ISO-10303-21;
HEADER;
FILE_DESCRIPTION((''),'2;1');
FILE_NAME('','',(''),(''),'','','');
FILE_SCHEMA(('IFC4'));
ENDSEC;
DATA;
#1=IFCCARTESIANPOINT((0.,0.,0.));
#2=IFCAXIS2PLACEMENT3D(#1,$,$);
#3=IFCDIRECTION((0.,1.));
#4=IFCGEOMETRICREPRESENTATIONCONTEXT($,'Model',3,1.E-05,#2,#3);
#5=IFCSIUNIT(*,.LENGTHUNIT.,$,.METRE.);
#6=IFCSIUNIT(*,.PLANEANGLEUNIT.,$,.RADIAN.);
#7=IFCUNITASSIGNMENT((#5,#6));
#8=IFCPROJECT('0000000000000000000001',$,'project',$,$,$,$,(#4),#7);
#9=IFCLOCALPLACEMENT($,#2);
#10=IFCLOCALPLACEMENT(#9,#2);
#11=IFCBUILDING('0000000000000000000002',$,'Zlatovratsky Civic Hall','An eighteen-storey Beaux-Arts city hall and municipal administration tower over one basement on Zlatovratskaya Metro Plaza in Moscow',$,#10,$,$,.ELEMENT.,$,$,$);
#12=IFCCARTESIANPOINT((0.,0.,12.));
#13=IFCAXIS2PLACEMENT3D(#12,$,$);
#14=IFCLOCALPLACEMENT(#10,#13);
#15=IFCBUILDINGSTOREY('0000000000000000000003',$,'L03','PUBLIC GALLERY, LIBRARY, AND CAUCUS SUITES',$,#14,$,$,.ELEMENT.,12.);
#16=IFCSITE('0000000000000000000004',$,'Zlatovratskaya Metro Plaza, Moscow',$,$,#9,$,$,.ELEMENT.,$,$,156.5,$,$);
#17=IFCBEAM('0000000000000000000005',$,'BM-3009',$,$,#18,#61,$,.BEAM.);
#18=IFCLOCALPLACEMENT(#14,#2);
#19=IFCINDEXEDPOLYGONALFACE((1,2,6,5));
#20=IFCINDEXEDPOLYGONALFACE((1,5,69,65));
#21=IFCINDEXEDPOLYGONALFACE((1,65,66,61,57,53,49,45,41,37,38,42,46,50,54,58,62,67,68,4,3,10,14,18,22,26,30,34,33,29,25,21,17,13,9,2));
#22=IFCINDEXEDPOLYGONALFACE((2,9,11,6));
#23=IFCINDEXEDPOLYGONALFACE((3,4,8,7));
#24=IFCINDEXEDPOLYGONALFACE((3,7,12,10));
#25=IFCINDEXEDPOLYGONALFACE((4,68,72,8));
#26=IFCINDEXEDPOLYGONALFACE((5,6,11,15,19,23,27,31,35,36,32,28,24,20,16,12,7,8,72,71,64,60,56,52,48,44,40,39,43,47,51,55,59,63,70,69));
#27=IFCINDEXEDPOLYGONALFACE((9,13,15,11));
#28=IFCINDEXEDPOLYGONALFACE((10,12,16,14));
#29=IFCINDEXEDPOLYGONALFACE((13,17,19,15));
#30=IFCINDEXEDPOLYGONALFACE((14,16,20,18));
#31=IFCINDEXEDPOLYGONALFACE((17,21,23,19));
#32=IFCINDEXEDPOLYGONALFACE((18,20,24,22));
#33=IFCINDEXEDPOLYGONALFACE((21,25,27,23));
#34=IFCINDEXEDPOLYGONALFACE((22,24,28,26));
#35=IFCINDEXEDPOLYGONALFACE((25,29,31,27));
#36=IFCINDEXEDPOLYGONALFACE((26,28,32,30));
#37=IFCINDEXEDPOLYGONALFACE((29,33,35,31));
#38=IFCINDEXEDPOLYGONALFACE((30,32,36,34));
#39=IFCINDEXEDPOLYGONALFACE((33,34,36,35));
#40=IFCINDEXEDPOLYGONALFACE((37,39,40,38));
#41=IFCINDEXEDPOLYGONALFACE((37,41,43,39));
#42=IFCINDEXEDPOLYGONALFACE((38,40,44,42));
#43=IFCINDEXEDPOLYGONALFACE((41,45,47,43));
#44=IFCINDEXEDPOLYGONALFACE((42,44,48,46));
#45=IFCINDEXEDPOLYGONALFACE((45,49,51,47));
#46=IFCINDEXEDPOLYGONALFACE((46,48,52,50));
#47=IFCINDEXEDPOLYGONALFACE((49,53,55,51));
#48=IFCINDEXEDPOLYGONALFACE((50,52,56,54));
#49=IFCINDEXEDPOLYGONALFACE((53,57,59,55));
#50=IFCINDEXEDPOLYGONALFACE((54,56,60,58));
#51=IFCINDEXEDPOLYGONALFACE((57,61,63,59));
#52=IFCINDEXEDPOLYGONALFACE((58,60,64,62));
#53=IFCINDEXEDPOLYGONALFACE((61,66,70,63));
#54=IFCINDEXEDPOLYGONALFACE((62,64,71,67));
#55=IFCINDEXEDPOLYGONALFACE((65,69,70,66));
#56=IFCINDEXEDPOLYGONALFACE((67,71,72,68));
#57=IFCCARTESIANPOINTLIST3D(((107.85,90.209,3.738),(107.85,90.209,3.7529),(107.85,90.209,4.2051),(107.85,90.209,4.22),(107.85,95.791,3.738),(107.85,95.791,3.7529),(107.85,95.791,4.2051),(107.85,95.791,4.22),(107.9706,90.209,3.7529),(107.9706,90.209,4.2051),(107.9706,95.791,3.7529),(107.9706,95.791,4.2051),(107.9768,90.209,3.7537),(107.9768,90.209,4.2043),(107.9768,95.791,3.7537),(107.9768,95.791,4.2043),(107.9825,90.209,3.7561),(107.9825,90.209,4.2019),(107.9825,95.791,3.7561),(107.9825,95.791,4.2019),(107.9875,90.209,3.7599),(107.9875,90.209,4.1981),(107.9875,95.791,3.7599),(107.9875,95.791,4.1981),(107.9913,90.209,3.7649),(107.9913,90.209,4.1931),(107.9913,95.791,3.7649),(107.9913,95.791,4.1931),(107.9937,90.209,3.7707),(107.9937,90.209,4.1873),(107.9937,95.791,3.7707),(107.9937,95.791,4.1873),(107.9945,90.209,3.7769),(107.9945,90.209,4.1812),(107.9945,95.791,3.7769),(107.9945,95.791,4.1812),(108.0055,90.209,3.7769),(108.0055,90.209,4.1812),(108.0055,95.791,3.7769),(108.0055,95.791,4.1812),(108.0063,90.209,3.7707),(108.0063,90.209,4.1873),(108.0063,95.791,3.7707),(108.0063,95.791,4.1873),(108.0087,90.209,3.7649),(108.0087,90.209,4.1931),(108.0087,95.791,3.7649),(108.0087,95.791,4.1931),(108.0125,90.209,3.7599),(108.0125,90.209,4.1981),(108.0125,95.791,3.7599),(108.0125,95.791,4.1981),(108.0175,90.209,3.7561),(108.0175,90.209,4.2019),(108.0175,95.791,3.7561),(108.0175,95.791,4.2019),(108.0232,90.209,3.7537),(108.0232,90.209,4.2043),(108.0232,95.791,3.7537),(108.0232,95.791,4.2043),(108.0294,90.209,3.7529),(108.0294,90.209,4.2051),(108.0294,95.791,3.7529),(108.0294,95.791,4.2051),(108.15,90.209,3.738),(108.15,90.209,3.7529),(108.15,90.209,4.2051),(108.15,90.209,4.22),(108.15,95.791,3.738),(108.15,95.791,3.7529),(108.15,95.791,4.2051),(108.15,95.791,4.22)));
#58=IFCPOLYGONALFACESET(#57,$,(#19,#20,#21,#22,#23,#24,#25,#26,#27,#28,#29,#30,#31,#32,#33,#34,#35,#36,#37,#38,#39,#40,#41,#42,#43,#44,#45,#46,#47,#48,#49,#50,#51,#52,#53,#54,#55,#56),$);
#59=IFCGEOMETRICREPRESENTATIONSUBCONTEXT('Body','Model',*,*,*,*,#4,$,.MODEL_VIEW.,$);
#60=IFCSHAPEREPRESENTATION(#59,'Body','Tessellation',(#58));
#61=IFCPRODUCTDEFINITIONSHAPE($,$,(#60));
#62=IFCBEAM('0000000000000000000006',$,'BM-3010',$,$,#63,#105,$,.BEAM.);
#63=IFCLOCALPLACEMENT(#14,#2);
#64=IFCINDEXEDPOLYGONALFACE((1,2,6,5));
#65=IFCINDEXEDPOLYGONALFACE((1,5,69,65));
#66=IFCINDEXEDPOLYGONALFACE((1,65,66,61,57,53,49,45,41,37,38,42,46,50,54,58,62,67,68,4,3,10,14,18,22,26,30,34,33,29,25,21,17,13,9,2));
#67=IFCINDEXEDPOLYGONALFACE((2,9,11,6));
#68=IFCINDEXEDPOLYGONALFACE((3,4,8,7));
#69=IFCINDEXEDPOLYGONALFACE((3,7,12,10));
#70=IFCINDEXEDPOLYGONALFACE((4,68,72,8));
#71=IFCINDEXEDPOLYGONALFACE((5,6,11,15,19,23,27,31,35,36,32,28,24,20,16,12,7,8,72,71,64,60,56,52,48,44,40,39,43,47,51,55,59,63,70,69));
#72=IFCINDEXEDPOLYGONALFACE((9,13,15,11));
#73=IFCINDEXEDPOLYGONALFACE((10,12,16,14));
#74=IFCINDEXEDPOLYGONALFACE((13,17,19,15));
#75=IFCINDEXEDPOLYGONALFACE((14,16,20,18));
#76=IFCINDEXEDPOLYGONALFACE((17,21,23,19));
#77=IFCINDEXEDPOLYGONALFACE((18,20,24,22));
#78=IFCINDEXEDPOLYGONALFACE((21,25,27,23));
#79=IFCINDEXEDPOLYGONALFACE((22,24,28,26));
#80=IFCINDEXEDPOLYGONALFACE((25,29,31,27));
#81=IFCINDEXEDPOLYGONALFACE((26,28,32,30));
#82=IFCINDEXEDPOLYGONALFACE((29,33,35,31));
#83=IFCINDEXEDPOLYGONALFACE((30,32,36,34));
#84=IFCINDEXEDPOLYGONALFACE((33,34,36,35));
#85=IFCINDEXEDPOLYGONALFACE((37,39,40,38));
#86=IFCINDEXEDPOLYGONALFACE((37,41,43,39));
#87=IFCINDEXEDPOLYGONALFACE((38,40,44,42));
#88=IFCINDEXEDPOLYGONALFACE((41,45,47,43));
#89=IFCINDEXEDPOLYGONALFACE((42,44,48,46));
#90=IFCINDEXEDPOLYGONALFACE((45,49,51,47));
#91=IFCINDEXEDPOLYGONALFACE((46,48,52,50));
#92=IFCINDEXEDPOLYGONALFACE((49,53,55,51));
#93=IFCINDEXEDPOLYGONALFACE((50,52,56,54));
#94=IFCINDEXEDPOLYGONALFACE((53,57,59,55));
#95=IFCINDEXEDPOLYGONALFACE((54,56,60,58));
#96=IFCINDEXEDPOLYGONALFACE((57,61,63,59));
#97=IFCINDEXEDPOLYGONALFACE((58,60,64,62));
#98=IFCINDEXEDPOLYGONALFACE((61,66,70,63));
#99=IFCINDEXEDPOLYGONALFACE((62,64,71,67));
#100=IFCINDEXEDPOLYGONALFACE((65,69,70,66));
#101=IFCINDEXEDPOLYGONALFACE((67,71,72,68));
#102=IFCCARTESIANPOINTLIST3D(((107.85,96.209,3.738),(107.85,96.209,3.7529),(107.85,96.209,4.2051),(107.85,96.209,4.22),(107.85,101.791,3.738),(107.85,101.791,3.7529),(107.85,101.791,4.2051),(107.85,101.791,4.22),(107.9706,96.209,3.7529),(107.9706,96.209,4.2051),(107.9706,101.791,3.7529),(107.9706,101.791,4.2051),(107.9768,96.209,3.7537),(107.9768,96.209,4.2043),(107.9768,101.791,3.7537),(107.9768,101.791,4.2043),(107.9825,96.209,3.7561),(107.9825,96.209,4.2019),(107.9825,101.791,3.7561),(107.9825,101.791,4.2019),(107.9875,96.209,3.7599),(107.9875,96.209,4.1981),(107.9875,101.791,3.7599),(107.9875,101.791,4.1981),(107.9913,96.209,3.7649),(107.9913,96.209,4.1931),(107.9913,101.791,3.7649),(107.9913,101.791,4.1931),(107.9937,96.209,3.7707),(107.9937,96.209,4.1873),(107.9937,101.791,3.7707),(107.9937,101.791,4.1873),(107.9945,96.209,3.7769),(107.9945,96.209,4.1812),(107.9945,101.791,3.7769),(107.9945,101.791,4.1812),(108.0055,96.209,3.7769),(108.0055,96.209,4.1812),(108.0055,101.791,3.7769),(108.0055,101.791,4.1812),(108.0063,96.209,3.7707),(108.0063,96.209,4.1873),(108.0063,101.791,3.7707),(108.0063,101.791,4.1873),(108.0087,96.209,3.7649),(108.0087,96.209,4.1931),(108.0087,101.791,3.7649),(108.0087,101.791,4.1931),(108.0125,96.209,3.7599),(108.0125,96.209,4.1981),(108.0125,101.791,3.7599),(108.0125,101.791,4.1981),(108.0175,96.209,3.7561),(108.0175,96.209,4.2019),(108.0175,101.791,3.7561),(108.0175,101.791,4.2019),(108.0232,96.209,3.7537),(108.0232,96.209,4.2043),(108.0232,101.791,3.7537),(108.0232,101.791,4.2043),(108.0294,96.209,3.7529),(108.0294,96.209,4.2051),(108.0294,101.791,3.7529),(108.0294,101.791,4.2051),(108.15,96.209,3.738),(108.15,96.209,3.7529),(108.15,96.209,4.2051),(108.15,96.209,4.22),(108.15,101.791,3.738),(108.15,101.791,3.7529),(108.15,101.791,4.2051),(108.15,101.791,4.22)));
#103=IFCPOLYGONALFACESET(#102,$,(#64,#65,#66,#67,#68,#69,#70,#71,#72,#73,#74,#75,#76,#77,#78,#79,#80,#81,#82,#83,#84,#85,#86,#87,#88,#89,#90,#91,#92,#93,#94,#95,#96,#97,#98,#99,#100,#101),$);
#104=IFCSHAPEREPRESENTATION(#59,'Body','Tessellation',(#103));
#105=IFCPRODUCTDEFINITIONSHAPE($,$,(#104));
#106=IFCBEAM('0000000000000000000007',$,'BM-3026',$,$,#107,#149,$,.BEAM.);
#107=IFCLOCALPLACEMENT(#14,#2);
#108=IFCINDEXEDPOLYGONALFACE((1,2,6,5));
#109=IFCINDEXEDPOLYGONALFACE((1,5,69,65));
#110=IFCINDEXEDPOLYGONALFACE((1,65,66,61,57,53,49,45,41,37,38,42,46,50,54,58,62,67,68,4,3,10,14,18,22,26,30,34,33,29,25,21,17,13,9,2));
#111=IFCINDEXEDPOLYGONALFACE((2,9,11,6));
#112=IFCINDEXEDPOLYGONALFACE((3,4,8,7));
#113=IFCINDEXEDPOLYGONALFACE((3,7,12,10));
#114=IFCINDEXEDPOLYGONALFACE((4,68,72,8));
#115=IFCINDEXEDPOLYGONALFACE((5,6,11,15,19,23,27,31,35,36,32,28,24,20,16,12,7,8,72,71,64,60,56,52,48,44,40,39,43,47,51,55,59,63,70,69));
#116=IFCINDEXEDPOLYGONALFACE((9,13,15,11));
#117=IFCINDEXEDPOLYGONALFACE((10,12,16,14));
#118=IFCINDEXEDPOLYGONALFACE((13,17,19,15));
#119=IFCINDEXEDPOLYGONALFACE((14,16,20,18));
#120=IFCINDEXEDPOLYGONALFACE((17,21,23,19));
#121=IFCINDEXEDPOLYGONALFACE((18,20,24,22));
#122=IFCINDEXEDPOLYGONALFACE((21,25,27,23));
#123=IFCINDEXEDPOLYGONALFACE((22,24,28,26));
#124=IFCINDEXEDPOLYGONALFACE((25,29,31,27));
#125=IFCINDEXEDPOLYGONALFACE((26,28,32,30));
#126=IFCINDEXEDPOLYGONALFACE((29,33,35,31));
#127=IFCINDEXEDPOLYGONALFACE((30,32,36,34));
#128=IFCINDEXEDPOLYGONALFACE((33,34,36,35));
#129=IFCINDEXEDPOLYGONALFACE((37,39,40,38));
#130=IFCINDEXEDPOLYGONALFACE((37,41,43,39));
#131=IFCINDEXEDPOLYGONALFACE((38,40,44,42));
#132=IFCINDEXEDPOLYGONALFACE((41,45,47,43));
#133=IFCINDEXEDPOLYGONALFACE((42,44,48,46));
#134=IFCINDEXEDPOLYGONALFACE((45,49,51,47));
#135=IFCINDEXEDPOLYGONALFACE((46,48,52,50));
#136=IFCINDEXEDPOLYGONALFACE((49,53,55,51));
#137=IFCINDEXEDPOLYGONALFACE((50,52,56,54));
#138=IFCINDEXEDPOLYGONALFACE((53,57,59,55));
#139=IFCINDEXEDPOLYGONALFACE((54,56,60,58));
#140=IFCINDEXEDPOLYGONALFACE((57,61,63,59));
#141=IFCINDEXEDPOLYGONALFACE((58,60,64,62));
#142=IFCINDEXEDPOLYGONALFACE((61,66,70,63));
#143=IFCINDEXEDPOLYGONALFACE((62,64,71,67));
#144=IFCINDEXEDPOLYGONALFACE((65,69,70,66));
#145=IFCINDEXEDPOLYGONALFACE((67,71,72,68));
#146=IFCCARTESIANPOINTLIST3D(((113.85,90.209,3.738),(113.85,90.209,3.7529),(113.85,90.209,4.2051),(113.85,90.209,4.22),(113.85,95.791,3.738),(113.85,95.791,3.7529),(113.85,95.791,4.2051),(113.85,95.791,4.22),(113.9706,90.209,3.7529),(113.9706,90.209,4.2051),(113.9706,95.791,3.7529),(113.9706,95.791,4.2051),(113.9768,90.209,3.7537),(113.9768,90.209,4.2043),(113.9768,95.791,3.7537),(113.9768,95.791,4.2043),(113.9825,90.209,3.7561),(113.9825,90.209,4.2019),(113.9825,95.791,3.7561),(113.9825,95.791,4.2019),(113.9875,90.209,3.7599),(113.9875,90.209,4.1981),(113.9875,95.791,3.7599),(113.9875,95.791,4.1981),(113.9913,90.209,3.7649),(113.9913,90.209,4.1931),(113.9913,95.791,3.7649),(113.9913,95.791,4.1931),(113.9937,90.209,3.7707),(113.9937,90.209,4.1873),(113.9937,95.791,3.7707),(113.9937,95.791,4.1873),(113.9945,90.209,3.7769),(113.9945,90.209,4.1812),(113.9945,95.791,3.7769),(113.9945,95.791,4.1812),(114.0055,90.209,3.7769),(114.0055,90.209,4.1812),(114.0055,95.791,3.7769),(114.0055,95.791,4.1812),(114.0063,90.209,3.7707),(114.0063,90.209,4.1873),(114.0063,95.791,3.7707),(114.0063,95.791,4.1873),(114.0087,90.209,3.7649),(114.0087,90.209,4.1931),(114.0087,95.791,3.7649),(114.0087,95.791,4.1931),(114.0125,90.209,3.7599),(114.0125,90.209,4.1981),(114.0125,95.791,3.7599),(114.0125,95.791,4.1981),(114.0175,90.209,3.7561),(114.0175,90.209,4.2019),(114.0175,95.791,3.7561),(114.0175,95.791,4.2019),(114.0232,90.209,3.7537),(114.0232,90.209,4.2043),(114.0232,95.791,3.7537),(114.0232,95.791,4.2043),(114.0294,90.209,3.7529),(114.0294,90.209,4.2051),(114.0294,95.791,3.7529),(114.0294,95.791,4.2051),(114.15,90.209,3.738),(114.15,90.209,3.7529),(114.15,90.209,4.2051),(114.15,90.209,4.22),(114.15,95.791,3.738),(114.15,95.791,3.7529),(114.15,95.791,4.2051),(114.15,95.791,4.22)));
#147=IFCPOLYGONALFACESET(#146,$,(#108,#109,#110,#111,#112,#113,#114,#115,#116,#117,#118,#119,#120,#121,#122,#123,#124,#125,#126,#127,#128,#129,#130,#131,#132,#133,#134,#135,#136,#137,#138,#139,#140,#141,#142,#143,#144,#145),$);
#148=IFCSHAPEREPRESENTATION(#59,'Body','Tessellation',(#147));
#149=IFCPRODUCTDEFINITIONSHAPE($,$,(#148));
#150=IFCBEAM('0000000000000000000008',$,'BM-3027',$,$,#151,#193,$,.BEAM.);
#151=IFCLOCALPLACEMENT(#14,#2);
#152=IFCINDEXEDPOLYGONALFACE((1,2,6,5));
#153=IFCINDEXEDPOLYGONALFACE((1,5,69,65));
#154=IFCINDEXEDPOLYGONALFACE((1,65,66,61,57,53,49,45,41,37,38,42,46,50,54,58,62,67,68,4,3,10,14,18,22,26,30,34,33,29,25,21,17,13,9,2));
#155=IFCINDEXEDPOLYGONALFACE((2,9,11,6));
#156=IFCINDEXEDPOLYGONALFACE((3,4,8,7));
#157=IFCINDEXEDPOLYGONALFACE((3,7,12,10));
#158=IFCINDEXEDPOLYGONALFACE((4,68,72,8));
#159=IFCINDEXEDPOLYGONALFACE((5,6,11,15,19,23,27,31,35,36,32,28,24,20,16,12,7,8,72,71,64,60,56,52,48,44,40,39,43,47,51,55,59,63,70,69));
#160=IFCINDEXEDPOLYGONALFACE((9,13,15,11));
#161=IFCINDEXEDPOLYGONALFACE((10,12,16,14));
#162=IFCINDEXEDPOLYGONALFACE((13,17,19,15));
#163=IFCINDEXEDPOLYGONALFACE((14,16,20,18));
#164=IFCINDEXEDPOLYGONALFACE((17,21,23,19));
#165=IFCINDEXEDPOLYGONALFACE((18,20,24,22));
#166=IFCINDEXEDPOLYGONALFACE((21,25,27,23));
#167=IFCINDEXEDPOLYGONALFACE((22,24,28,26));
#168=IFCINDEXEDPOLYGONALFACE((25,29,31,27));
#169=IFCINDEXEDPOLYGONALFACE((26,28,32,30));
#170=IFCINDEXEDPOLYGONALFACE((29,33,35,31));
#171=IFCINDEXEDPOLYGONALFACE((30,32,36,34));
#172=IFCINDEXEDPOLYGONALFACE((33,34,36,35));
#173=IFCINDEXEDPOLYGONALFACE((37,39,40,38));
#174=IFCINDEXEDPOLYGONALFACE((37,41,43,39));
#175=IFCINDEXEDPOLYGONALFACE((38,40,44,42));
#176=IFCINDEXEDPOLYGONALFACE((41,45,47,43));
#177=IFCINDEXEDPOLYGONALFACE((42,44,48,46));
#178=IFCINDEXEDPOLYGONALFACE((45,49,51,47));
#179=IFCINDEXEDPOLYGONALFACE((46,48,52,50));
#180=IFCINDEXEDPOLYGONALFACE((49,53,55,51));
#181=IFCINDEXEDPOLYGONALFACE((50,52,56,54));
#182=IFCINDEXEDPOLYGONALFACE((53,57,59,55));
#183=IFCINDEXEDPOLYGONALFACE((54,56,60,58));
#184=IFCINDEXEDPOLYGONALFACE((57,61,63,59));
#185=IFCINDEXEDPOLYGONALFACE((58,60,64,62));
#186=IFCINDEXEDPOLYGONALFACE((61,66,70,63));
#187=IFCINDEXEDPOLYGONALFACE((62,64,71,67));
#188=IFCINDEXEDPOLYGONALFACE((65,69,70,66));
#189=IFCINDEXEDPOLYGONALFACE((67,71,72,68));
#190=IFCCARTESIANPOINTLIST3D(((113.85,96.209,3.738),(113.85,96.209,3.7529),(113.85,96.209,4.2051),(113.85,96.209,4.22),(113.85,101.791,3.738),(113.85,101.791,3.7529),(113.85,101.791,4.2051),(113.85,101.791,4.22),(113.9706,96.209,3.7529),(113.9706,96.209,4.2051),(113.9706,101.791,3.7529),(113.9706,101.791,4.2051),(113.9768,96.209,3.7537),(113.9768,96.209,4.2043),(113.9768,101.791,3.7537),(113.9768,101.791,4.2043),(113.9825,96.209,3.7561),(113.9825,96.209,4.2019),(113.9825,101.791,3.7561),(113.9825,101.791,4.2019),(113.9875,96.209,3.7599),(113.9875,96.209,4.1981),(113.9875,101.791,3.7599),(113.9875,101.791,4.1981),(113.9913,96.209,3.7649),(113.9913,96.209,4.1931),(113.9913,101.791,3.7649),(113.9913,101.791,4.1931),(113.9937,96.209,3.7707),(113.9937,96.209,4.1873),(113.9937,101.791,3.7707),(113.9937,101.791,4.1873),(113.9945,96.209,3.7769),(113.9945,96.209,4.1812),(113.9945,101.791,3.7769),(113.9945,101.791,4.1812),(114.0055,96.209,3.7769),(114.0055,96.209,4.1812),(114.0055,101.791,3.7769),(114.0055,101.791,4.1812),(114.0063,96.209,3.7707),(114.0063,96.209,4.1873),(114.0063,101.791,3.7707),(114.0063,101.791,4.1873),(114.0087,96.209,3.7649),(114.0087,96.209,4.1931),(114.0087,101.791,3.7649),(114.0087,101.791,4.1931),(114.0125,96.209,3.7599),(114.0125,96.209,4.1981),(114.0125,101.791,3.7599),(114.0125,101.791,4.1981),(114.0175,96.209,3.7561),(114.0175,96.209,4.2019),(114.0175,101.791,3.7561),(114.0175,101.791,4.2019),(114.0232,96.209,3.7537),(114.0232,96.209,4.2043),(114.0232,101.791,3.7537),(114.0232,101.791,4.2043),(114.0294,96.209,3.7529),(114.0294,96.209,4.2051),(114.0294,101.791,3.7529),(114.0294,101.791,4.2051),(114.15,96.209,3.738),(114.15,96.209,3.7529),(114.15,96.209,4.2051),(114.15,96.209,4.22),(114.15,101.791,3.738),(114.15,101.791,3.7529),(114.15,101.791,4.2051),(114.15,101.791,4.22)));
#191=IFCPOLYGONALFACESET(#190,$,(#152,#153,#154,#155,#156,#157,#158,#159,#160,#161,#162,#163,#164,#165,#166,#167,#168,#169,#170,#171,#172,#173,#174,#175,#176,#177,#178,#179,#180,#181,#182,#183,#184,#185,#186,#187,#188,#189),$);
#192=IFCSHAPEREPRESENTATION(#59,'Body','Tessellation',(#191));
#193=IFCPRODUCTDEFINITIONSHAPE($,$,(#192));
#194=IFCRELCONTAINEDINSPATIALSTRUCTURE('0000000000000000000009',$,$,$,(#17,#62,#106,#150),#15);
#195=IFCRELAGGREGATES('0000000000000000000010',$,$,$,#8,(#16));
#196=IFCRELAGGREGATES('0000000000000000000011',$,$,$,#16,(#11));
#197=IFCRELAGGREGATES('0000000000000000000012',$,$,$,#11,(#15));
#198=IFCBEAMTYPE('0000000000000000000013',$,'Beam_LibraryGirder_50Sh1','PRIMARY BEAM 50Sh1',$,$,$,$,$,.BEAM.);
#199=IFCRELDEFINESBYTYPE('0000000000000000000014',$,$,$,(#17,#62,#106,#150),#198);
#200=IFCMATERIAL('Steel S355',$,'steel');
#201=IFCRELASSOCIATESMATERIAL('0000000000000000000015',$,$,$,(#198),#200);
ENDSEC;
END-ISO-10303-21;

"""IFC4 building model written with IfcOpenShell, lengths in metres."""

from ifc_helpers import new_model, si_unit, direction, frame, origin, origin_2d, place, context, subcontext, project, spatial, i_section, extrude, material, material_profile, profile_set, type_object, element, save


model = new_model("IFC4")

# Units and contexts
model_context = context("Model", 3, precision=1e-05, world=origin(), true_north=direction((0.0, 1.0)))
body_context = subcontext(model_context, "Body", "Model", "MODEL_VIEW")
ifc_project = project(units=[si_unit("LENGTHUNIT", "METRE"), si_unit("PLANEANGLEUNIT", "RADIAN")], contexts=[model_context])

# Site, building, storey
site_placement = place(None, origin())
site = spatial("IfcSite", under=ifc_project, at=site_placement, Name="Zlatovratskaya Metro Plaza, Moscow", CompositionType="ELEMENT", RefElevation=156.5)
building_placement = place(site_placement, origin())
building = spatial("IfcBuilding", under=site, at=building_placement, Name="Zlatovratsky Civic Hall", Description="An eighteen-storey Beaux-Arts city hall and municipal administration tower over one basement on Zlatovratskaya Metro Plaza in Moscow", CompositionType="ELEMENT")
storey_placement = place(building_placement, frame((0.0, 0.0, 12.0)))
storey = spatial("IfcBuildingStorey", under=building, at=storey_placement, Name="L03", Description="PUBLIC GALLERY, LIBRARY, AND CAUCUS SUITES", CompositionType="ELEMENT", Elevation=12.0)

# Shared definitions
ifc_material_1 = material(Name="Steel S355", Category="steel")

# Beams
ifc_material_profile_1 = material_profile(ifc_material_1, i_section(OverallWidth=0.3, OverallDepth=0.4819, WebThickness=0.011, FlangeThickness=0.0149, FilletRadius=0.0239, at=origin_2d()), Name="50Sh1")
ifc_profile_set_1 = profile_set([ifc_material_profile_1], Name="Steel S355")
beam_type_1 = type_object("IfcBeamType", Name="Beam_LibraryGirder_50Sh1", Description="PRIMARY BEAM 50Sh1", PredefinedType="BEAM", material=ifc_profile_set_1)
for number, where, z_axis, x_axis, name in (
    (1, (108.0, 90.209, 3.979), (0.0, 1.0, 0.0), (-1.0, 0.0, 0.0), "BM-3009"),
    (2, (108.0, 96.209, 3.979), (0.0, 1.0, 0.0), (-1.0, 0.0, 0.0), "BM-3010"),
    (3, (114.0, 90.209, 3.979), (0.0, 1.0, 0.0), (-1.0, 0.0, 0.0), "BM-3026"),
    (4, (114.0, 96.209, 3.979), (0.0, 1.0, 0.0), (-1.0, 0.0, 0.0), "BM-3027"),
):
    element("IfcBeam", number, at=place(storey_placement, frame(where, z_axis=z_axis, x_axis=x_axis)), inside=storey, type_object=beam_type_1, Name=name, PredefinedType="BEAM", context=body_context, shape_type="SweptSolid", body=[
        extrude(i_section(OverallWidth=0.3, OverallDepth=0.4819, WebThickness=0.011, FlangeThickness=0.0149, FilletRadius=0.0239, at=origin_2d()), origin(), (0.0, 0.0, 1.0), 5.582),
    ])

save(model, "model.ifc")
